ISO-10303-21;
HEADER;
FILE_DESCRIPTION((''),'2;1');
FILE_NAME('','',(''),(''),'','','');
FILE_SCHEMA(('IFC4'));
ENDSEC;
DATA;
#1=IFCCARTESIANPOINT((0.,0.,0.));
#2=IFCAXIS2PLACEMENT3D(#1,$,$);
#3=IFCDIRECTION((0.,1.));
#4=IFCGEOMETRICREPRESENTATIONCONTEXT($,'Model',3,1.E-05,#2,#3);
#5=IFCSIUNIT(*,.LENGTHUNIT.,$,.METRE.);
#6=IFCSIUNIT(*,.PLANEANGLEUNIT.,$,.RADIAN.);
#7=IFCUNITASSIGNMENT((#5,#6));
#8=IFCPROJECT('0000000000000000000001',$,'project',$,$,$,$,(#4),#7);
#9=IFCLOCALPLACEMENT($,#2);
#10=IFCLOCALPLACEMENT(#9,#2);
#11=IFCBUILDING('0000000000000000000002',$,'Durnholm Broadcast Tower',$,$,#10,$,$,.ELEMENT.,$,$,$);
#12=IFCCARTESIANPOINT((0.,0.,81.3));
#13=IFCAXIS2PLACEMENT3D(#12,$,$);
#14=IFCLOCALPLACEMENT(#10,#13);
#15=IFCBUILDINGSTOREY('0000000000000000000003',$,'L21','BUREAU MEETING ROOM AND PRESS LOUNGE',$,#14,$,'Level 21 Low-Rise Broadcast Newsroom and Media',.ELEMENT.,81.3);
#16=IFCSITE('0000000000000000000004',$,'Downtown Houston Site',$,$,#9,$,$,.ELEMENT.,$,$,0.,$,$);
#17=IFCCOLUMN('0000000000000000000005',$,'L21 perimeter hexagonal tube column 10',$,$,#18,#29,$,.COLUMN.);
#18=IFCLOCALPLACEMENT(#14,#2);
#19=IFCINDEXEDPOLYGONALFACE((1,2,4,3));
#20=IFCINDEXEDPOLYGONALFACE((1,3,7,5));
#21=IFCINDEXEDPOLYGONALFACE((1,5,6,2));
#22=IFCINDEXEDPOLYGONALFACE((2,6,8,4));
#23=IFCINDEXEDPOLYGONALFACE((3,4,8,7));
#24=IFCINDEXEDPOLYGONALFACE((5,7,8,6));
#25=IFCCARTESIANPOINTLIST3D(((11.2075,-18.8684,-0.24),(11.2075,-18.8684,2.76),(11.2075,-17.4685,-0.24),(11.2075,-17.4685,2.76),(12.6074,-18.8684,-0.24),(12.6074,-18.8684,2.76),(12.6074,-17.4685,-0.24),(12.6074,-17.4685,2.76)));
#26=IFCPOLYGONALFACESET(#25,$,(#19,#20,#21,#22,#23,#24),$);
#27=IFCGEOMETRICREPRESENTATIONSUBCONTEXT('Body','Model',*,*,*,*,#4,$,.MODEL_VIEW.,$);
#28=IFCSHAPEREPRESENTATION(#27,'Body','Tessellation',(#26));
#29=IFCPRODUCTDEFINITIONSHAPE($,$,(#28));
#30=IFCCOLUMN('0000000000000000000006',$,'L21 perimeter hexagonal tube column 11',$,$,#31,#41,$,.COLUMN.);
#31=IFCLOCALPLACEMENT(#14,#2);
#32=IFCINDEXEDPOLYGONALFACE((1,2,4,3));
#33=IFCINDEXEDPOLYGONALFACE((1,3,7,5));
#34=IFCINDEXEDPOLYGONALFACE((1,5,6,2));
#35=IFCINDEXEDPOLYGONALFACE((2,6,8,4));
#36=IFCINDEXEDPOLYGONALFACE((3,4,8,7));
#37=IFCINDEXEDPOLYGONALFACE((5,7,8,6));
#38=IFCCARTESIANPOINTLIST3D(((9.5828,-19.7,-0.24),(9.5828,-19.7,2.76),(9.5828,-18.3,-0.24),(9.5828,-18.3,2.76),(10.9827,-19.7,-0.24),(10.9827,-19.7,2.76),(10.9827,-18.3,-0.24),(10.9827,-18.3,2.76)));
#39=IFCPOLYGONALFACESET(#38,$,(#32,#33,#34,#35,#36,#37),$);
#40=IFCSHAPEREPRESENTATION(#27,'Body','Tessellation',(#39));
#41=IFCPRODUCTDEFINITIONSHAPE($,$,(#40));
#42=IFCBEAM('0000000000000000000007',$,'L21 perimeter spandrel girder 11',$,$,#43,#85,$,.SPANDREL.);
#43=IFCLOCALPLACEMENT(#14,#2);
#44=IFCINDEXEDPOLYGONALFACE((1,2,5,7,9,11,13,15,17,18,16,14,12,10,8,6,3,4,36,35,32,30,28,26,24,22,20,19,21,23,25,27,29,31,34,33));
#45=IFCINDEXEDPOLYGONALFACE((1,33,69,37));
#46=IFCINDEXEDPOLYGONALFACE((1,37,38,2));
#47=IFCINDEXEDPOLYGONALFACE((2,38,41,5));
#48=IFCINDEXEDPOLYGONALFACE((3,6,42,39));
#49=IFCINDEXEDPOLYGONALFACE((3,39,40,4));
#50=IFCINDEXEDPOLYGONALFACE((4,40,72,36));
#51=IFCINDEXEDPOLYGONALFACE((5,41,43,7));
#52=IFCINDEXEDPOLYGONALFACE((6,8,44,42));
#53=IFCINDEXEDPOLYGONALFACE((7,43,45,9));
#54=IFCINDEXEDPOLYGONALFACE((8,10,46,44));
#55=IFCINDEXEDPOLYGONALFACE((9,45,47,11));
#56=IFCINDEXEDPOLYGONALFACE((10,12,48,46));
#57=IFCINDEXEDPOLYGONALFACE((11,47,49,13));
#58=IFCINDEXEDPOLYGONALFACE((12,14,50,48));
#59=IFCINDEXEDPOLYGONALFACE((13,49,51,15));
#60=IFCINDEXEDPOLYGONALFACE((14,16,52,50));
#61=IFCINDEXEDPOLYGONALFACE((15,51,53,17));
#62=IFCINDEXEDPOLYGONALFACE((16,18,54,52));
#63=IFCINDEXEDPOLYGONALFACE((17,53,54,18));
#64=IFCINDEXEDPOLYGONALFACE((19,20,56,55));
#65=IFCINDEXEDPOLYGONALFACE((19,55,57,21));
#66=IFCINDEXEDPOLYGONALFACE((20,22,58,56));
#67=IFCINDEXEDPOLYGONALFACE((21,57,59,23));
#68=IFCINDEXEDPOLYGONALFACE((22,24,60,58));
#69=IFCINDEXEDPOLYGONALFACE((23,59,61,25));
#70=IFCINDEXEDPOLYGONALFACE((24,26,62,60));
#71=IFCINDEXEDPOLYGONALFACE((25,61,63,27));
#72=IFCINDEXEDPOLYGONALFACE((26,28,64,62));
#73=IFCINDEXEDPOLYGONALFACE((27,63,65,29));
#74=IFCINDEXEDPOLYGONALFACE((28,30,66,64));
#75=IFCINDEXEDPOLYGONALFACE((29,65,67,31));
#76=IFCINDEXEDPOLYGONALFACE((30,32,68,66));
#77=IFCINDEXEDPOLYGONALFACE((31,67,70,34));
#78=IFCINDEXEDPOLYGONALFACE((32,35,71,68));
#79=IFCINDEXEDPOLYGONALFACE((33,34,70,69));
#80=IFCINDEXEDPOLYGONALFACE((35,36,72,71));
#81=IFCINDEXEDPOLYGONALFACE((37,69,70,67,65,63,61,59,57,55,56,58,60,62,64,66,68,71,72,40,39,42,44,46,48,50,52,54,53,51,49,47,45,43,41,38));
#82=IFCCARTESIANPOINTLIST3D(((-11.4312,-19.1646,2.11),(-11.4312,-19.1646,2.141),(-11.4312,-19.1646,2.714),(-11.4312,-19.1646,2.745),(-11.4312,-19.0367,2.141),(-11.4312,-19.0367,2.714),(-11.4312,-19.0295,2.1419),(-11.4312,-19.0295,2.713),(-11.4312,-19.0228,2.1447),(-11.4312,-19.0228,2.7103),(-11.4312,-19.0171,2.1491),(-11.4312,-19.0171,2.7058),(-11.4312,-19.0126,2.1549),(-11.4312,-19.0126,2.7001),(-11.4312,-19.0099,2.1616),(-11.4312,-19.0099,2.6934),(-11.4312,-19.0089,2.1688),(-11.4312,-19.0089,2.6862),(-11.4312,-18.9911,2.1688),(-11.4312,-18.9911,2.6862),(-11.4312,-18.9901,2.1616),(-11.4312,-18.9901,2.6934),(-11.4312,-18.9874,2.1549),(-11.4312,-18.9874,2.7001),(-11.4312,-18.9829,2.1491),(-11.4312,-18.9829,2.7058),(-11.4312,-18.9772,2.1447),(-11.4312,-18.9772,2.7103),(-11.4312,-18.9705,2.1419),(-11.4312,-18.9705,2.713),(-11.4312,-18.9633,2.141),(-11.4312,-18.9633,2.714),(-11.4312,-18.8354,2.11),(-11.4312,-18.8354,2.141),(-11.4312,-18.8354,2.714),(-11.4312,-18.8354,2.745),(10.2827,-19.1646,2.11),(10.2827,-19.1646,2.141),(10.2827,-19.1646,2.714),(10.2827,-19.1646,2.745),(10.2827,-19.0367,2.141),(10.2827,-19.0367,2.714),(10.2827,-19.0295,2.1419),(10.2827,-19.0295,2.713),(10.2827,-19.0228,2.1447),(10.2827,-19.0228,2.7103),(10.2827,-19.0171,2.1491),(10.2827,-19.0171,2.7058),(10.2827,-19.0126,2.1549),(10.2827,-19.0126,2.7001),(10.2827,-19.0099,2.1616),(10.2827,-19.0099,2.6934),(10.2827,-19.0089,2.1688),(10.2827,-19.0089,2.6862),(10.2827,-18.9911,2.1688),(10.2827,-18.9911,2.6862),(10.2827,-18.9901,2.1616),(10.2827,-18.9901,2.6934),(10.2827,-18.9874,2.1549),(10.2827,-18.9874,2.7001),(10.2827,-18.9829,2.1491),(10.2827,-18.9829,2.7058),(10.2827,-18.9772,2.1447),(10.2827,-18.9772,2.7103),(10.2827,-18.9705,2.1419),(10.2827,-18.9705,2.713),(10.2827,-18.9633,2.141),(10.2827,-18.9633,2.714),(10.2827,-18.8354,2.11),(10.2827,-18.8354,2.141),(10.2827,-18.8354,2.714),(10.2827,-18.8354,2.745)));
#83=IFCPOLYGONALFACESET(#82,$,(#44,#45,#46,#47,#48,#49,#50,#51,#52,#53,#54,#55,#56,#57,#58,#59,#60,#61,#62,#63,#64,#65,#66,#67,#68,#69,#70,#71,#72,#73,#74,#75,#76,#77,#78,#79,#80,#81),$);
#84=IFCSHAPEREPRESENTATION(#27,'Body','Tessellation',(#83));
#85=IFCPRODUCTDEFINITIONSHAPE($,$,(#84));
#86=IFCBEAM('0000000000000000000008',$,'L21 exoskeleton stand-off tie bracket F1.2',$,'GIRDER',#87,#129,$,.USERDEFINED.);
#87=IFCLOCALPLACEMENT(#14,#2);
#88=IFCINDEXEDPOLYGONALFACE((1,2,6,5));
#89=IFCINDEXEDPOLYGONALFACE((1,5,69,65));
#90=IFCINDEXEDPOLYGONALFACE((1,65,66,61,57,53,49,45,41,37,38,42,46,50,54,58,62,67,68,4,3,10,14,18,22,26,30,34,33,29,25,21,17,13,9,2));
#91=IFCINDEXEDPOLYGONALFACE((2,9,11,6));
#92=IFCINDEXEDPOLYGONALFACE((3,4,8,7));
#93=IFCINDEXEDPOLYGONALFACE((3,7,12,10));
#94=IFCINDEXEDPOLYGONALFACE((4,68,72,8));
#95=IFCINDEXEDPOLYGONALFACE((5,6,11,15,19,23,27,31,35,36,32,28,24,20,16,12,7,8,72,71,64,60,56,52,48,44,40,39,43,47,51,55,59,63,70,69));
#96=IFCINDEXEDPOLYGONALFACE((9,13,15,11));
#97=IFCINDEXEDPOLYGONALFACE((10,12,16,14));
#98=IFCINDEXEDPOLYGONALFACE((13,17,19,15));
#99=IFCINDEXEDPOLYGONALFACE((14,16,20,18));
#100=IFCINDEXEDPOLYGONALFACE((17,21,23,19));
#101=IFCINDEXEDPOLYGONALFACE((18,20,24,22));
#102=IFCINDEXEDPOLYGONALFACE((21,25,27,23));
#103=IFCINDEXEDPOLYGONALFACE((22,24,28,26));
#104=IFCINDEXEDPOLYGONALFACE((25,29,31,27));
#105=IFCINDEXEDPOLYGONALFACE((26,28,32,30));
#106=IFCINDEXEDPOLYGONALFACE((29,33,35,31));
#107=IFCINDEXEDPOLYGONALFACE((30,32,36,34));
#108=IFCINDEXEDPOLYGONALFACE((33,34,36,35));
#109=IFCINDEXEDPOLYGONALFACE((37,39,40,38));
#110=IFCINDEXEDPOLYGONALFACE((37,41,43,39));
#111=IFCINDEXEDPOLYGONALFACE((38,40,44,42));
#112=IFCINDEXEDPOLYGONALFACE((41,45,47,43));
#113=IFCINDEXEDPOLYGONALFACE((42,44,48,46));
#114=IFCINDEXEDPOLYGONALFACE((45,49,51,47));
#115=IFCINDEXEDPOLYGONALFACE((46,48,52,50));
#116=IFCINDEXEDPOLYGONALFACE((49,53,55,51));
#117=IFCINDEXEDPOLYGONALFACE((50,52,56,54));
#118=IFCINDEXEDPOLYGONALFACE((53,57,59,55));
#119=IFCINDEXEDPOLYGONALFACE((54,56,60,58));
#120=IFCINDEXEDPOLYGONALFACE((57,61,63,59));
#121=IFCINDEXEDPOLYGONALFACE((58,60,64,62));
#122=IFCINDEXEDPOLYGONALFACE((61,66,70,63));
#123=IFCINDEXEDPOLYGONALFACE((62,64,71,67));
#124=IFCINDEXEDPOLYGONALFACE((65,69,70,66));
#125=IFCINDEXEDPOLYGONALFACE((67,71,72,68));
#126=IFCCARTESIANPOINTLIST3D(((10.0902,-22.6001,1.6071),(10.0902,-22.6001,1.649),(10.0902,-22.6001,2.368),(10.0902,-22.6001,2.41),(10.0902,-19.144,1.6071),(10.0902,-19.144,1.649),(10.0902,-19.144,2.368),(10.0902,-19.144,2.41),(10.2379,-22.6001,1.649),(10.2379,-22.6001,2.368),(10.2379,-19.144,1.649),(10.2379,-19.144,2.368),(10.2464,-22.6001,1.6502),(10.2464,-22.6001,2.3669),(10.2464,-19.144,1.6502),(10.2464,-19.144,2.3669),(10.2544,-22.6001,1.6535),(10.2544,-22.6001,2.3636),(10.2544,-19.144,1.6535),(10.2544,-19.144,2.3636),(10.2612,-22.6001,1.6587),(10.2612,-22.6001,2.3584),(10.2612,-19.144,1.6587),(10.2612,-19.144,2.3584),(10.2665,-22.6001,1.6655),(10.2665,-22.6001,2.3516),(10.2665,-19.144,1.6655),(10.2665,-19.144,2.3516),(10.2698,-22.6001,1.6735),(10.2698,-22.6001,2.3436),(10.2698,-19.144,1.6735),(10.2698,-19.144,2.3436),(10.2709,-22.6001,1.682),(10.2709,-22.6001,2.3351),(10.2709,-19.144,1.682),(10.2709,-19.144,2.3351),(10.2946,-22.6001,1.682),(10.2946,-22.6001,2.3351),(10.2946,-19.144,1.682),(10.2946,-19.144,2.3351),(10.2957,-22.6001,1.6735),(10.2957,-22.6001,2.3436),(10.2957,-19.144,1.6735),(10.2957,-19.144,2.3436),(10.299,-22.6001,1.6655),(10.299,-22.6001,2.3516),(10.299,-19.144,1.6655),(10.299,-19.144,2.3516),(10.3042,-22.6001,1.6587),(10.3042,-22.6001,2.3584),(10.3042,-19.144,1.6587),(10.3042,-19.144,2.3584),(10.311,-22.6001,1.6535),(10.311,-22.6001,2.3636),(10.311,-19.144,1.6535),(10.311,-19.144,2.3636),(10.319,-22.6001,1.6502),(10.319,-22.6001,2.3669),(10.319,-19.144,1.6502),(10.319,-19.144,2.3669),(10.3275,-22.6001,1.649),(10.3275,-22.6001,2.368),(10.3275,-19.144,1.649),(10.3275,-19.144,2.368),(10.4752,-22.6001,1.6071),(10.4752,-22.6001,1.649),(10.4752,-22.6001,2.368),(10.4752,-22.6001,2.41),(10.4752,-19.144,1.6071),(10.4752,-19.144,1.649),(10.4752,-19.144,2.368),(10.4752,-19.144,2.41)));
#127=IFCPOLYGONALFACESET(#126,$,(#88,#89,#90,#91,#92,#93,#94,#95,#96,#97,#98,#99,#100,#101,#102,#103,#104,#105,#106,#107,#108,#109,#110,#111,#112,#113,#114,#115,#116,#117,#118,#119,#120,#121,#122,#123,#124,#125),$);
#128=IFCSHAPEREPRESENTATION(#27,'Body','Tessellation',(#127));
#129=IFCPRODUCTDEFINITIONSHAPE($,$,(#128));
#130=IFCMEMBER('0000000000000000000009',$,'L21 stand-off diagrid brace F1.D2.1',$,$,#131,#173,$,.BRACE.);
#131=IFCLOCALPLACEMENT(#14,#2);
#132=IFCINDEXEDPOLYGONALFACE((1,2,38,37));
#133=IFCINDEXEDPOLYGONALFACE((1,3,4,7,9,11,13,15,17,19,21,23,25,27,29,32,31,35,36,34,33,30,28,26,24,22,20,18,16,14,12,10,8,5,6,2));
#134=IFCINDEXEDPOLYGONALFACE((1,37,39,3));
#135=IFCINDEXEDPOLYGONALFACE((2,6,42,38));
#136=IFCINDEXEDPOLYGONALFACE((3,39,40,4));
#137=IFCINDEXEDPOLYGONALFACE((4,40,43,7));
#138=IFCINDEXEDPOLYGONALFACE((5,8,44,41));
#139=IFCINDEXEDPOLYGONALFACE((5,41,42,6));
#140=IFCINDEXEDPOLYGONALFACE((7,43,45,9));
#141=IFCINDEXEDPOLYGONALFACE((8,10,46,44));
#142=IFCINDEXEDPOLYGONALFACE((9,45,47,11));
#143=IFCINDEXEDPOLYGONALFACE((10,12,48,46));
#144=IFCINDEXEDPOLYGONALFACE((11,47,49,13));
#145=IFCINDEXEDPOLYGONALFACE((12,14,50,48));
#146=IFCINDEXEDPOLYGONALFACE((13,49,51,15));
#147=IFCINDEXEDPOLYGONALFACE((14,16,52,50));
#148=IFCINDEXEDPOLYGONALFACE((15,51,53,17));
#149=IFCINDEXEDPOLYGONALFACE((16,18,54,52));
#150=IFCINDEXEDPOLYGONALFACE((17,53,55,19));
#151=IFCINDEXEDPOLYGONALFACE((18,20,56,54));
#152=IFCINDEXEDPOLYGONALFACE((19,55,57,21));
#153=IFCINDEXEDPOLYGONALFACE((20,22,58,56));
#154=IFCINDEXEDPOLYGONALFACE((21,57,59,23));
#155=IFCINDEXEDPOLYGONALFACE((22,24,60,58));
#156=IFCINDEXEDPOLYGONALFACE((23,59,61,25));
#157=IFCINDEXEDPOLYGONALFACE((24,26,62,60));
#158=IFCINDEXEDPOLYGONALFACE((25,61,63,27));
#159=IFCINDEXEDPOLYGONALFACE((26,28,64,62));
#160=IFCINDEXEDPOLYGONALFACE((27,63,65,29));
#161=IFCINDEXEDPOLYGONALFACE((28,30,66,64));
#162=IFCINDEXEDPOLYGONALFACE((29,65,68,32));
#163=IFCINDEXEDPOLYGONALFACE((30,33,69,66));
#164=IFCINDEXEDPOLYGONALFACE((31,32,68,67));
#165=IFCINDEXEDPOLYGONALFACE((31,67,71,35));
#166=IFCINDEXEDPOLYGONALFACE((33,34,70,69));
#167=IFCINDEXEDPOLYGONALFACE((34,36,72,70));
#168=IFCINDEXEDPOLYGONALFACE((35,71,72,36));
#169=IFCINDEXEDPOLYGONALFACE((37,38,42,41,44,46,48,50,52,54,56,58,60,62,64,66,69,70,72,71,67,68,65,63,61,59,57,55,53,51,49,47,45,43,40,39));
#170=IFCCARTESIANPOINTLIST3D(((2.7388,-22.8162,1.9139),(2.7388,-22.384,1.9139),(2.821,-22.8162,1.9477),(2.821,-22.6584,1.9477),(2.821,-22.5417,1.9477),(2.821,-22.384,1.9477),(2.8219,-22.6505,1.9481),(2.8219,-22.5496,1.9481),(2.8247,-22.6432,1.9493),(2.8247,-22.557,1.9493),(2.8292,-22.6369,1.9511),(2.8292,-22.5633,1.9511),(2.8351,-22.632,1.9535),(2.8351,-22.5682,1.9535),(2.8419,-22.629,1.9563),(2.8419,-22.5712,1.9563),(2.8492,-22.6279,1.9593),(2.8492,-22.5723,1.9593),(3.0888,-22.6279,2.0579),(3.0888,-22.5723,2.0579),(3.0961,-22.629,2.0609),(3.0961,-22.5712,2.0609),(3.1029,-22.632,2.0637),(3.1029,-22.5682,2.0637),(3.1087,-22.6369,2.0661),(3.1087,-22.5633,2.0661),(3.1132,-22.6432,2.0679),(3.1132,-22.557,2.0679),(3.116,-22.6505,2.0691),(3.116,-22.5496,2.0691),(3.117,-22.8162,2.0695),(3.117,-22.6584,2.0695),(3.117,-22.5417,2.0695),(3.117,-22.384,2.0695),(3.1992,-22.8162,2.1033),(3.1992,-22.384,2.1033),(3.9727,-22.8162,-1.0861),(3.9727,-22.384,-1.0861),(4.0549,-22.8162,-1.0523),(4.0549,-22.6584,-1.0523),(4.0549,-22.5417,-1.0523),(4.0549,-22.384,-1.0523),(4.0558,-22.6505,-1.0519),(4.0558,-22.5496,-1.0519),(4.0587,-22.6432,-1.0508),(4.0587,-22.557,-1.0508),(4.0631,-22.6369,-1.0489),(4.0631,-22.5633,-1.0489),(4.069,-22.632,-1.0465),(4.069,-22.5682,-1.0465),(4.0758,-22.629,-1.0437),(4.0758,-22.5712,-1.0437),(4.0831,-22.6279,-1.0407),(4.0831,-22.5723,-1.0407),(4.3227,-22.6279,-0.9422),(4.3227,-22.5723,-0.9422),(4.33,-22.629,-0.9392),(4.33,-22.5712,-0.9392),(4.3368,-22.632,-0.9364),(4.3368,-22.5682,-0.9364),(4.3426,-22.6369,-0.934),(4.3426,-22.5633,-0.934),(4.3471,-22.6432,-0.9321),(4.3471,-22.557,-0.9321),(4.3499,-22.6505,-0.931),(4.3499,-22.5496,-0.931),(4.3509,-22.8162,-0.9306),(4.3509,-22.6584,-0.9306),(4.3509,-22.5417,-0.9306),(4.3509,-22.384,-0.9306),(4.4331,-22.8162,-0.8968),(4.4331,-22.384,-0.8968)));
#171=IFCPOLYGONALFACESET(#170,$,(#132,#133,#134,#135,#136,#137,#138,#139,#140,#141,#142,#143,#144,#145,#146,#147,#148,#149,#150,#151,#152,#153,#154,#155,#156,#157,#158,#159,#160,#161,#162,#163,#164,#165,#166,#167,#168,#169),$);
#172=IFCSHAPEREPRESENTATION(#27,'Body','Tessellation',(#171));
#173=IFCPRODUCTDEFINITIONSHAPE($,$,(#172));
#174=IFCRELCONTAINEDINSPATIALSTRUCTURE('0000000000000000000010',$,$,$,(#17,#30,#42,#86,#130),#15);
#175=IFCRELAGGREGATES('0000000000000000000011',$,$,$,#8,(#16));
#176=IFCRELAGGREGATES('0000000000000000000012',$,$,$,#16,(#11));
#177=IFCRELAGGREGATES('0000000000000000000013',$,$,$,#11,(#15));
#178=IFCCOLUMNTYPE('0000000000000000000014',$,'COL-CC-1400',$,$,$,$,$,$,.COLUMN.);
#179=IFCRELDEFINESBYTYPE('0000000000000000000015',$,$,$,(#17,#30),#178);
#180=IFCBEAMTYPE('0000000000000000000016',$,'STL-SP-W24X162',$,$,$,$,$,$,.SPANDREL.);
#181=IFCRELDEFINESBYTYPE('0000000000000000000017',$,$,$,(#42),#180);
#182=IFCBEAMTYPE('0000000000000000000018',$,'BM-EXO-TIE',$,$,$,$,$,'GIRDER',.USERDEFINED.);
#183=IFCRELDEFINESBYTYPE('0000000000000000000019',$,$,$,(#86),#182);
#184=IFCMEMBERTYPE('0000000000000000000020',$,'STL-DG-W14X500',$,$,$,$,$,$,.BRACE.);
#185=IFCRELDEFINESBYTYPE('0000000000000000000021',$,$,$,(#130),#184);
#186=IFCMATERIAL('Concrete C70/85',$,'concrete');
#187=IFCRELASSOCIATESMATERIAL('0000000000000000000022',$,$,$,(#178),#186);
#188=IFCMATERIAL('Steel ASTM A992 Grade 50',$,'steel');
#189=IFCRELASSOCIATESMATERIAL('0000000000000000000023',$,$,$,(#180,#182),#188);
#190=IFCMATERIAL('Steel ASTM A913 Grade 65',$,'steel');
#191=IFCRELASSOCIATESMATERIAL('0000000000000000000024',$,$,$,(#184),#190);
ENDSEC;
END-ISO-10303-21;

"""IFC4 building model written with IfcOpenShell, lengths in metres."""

from ifc_helpers import new_model, si_unit, direction, frame, origin, origin_2d, place, context, subcontext, project, spatial, rectangle, i_section, extrude, source, transform, mapped, material, material_profile, profile_set, type_object, type_shapes, element, save


model = new_model("IFC4")

# Units and contexts
model_context = context("Model", 3, precision=1e-05, world=origin(), true_north=direction((0.0, 1.0)))
body_context = subcontext(model_context, "Body", "Model", "MODEL_VIEW")
ifc_project = project(units=[si_unit("LENGTHUNIT", "METRE"), si_unit("PLANEANGLEUNIT", "RADIAN")], contexts=[model_context])

# Site, building, storey
site_placement = place(None, origin())
site = spatial("IfcSite", under=ifc_project, at=site_placement, Name="Downtown Houston Site", CompositionType="ELEMENT", RefElevation=0.0)
building_placement = place(site_placement, origin())
building = spatial("IfcBuilding", under=site, at=building_placement, Name="Durnholm Broadcast Tower", CompositionType="ELEMENT")
storey_placement = place(building_placement, frame((0.0, 0.0, 81.3)))
storey = spatial("IfcBuildingStorey", under=building, at=storey_placement, Name="L21", Description="BUREAU MEETING ROOM AND PRESS LOUNGE", LongName="Level 21 Low-Rise Broadcast Newsroom and Media", CompositionType="ELEMENT", Elevation=81.3)

# Columns
ifc_material_1 = material(Name="Concrete C70/85", Category="concrete")
ifc_material_profile_1 = material_profile(ifc_material_1, rectangle(XDim=1.3999, YDim=1.3999, at=origin_2d()), Name="RC1400X1400")
ifc_profile_set_1 = profile_set([ifc_material_profile_1], Name="Concrete C70/85")
column_type = type_object("IfcColumnType", Name="COL-CC-1400", PredefinedType="COLUMN", material=ifc_profile_set_1)
shared_shape_1 = source(origin(), body_context, "Body", "SweptSolid", [
    extrude(rectangle(XDim=1.3999, YDim=1.3999, at=origin_2d()), origin(), (0.0, 0.0, 1.0), 3.0),
])
type_shapes(column_type, [shared_shape_1])
for number, where, z_axis, x_axis, name in (
    (1, (11.9075, -18.1685, -0.24), (0.0, 0.0, 1.0), (1.0, 0.0, 0.0), "L21 perimeter hexagonal tube column 10"),
    (2, (10.2827, -19.0, -0.24), (0.0, 0.0, 1.0), (1.0, 0.0, 0.0), "L21 perimeter hexagonal tube column 11"),
):
    element("IfcColumn", number, at=place(storey_placement, frame(where, z_axis=z_axis, x_axis=x_axis)), inside=storey, type_object=column_type, Name=name, PredefinedType="COLUMN", context=body_context, shape_type="MappedRepresentation", body=[
        mapped(shared_shape_1, transform((0.0, 0.0, 0.0), x_axis=(1.0, 0.0, 0.0), y_axis=(0.0, 1.0, 0.0), z_axis=(0.0, 0.0, 1.0), scale=1.0)),
    ])

# Beams
ifc_material_2 = material(Name="Steel ASTM A992 Grade 50", Category="steel")
ifc_material_profile_2 = material_profile(ifc_material_2, i_section(OverallWidth=0.3291, OverallDepth=0.635, WebThickness=0.0178, FlangeThickness=0.031, FilletRadius=0.0278, at=origin_2d()), Name="W24X162")
ifc_profile_set_2 = profile_set([ifc_material_profile_2], Name="Steel ASTM A992 Grade 50")
beam_type_1 = type_object("IfcBeamType", Name="STL-SP-W24X162", PredefinedType="SPANDREL", material=ifc_profile_set_2)
shared_shape_2 = source(origin(), body_context, "Body", "SweptSolid", [
    extrude(i_section(OverallWidth=0.3291, OverallDepth=0.635, WebThickness=0.0178, FlangeThickness=0.031, FilletRadius=0.0278, at=origin_2d()), origin(), (0.0, 0.0, 1.0), 21.7139),
])
type_shapes(beam_type_1, [shared_shape_2])
beam_1_placement = place(storey_placement, frame((10.2827, -19.0, 2.4275), z_axis=(-1.0, 0.0, 0.0), x_axis=(0.0, -1.0, 0.0)))
element("IfcBeam", 3, at=beam_1_placement, inside=storey, type_object=beam_type_1, Name="L21 perimeter spandrel girder 11", PredefinedType="SPANDREL", context=body_context, shape_type="MappedRepresentation", body=[
    mapped(shared_shape_2, transform((0.0, 0.0, 0.0), x_axis=(1.0, 0.0, 0.0), y_axis=(0.0, 1.0, 0.0), z_axis=(0.0, 0.0, 1.0), scale=1.0)),
])
ifc_material_profile_3 = material_profile(ifc_material_2, i_section(OverallWidth=0.385, OverallDepth=0.803, WebThickness=0.0237, FlangeThickness=0.042, FilletRadius=0.033, at=origin_2d()), Name="W30X261")
ifc_profile_set_3 = profile_set([ifc_material_profile_3], Name="Steel ASTM A992 Grade 50")
beam_type_2 = type_object("IfcBeamType", Name="BM-EXO-TIE", ElementType="GIRDER", PredefinedType="USERDEFINED", material=ifc_profile_set_3)
shared_shape_3 = source(origin(), body_context, "Body", "SweptSolid", [
    extrude(i_section(OverallWidth=0.385, OverallDepth=0.803, WebThickness=0.0237, FlangeThickness=0.042, FilletRadius=0.033, at=origin_2d()), origin(), (0.0, 0.0, 1.0), 3.4561),
])
type_shapes(beam_type_2, [shared_shape_3])
beam_2_placement = place(storey_placement, frame((10.2827, -19.144, 2.0085), z_axis=(0.0, -1.0, 0.0), x_axis=(1.0, 0.0, 0.0)))
element("IfcBeam", 4, at=beam_2_placement, inside=storey, type_object=beam_type_2, Name="L21 exoskeleton stand-off tie bracket F1.2", ObjectType="GIRDER", PredefinedType="USERDEFINED", context=body_context, shape_type="MappedRepresentation", body=[
    mapped(shared_shape_3, transform((0.0, 0.0, 0.0), x_axis=(1.0, 0.0, 0.0), y_axis=(0.0, 1.0, 0.0), z_axis=(0.0, 0.0, 1.0), scale=1.0)),
])

# Member
ifc_material_3 = material(Name="Steel ASTM A913 Grade 65", Category="steel")
ifc_material_profile_4 = material_profile(ifc_material_3, i_section(OverallWidth=0.4321, OverallDepth=0.4978, WebThickness=0.0557, FlangeThickness=0.0889, FilletRadius=0.0305, at=origin_2d()), Name="W14X500")
ifc_profile_set_4 = profile_set([ifc_material_profile_4], Name="Steel ASTM A913 Grade 65")
member_type_1 = type_object("IfcMemberType", Name="STL-DG-W14X500", PredefinedType="BRACE", material=ifc_profile_set_4)
shared_shape_4 = source(origin(), body_context, "Body", "SweptSolid", [
    extrude(i_section(OverallWidth=0.4321, OverallDepth=0.4978, WebThickness=0.0557, FlangeThickness=0.0889, FilletRadius=0.0305, at=origin_2d()), origin(), (0.0, 0.0, 1.0), 3.2439),
])
type_shapes(member_type_1, [shared_shape_4])
for number, where, z_axis, x_axis, name in (
    (5, (4.2029, -22.6001, -0.9915), (-0.380379, 0.0, 0.924831), (0.0, -1.0, 0.0), "L21 stand-off diagrid brace F1.D2.1"),
):
    element("IfcMember", number, at=place(storey_placement, frame(where, z_axis=z_axis, x_axis=x_axis)), inside=storey, type_object=member_type_1, Name=name, PredefinedType="BRACE", context=body_context, shape_type="MappedRepresentation", body=[
        mapped(shared_shape_4, transform((0.0, 0.0, 0.0), x_axis=(1.0, 0.0, 0.0), y_axis=(0.0, 1.0, 0.0), z_axis=(0.0, 0.0, 1.0), scale=1.0)),
    ])

save(model, "model.ifc")
